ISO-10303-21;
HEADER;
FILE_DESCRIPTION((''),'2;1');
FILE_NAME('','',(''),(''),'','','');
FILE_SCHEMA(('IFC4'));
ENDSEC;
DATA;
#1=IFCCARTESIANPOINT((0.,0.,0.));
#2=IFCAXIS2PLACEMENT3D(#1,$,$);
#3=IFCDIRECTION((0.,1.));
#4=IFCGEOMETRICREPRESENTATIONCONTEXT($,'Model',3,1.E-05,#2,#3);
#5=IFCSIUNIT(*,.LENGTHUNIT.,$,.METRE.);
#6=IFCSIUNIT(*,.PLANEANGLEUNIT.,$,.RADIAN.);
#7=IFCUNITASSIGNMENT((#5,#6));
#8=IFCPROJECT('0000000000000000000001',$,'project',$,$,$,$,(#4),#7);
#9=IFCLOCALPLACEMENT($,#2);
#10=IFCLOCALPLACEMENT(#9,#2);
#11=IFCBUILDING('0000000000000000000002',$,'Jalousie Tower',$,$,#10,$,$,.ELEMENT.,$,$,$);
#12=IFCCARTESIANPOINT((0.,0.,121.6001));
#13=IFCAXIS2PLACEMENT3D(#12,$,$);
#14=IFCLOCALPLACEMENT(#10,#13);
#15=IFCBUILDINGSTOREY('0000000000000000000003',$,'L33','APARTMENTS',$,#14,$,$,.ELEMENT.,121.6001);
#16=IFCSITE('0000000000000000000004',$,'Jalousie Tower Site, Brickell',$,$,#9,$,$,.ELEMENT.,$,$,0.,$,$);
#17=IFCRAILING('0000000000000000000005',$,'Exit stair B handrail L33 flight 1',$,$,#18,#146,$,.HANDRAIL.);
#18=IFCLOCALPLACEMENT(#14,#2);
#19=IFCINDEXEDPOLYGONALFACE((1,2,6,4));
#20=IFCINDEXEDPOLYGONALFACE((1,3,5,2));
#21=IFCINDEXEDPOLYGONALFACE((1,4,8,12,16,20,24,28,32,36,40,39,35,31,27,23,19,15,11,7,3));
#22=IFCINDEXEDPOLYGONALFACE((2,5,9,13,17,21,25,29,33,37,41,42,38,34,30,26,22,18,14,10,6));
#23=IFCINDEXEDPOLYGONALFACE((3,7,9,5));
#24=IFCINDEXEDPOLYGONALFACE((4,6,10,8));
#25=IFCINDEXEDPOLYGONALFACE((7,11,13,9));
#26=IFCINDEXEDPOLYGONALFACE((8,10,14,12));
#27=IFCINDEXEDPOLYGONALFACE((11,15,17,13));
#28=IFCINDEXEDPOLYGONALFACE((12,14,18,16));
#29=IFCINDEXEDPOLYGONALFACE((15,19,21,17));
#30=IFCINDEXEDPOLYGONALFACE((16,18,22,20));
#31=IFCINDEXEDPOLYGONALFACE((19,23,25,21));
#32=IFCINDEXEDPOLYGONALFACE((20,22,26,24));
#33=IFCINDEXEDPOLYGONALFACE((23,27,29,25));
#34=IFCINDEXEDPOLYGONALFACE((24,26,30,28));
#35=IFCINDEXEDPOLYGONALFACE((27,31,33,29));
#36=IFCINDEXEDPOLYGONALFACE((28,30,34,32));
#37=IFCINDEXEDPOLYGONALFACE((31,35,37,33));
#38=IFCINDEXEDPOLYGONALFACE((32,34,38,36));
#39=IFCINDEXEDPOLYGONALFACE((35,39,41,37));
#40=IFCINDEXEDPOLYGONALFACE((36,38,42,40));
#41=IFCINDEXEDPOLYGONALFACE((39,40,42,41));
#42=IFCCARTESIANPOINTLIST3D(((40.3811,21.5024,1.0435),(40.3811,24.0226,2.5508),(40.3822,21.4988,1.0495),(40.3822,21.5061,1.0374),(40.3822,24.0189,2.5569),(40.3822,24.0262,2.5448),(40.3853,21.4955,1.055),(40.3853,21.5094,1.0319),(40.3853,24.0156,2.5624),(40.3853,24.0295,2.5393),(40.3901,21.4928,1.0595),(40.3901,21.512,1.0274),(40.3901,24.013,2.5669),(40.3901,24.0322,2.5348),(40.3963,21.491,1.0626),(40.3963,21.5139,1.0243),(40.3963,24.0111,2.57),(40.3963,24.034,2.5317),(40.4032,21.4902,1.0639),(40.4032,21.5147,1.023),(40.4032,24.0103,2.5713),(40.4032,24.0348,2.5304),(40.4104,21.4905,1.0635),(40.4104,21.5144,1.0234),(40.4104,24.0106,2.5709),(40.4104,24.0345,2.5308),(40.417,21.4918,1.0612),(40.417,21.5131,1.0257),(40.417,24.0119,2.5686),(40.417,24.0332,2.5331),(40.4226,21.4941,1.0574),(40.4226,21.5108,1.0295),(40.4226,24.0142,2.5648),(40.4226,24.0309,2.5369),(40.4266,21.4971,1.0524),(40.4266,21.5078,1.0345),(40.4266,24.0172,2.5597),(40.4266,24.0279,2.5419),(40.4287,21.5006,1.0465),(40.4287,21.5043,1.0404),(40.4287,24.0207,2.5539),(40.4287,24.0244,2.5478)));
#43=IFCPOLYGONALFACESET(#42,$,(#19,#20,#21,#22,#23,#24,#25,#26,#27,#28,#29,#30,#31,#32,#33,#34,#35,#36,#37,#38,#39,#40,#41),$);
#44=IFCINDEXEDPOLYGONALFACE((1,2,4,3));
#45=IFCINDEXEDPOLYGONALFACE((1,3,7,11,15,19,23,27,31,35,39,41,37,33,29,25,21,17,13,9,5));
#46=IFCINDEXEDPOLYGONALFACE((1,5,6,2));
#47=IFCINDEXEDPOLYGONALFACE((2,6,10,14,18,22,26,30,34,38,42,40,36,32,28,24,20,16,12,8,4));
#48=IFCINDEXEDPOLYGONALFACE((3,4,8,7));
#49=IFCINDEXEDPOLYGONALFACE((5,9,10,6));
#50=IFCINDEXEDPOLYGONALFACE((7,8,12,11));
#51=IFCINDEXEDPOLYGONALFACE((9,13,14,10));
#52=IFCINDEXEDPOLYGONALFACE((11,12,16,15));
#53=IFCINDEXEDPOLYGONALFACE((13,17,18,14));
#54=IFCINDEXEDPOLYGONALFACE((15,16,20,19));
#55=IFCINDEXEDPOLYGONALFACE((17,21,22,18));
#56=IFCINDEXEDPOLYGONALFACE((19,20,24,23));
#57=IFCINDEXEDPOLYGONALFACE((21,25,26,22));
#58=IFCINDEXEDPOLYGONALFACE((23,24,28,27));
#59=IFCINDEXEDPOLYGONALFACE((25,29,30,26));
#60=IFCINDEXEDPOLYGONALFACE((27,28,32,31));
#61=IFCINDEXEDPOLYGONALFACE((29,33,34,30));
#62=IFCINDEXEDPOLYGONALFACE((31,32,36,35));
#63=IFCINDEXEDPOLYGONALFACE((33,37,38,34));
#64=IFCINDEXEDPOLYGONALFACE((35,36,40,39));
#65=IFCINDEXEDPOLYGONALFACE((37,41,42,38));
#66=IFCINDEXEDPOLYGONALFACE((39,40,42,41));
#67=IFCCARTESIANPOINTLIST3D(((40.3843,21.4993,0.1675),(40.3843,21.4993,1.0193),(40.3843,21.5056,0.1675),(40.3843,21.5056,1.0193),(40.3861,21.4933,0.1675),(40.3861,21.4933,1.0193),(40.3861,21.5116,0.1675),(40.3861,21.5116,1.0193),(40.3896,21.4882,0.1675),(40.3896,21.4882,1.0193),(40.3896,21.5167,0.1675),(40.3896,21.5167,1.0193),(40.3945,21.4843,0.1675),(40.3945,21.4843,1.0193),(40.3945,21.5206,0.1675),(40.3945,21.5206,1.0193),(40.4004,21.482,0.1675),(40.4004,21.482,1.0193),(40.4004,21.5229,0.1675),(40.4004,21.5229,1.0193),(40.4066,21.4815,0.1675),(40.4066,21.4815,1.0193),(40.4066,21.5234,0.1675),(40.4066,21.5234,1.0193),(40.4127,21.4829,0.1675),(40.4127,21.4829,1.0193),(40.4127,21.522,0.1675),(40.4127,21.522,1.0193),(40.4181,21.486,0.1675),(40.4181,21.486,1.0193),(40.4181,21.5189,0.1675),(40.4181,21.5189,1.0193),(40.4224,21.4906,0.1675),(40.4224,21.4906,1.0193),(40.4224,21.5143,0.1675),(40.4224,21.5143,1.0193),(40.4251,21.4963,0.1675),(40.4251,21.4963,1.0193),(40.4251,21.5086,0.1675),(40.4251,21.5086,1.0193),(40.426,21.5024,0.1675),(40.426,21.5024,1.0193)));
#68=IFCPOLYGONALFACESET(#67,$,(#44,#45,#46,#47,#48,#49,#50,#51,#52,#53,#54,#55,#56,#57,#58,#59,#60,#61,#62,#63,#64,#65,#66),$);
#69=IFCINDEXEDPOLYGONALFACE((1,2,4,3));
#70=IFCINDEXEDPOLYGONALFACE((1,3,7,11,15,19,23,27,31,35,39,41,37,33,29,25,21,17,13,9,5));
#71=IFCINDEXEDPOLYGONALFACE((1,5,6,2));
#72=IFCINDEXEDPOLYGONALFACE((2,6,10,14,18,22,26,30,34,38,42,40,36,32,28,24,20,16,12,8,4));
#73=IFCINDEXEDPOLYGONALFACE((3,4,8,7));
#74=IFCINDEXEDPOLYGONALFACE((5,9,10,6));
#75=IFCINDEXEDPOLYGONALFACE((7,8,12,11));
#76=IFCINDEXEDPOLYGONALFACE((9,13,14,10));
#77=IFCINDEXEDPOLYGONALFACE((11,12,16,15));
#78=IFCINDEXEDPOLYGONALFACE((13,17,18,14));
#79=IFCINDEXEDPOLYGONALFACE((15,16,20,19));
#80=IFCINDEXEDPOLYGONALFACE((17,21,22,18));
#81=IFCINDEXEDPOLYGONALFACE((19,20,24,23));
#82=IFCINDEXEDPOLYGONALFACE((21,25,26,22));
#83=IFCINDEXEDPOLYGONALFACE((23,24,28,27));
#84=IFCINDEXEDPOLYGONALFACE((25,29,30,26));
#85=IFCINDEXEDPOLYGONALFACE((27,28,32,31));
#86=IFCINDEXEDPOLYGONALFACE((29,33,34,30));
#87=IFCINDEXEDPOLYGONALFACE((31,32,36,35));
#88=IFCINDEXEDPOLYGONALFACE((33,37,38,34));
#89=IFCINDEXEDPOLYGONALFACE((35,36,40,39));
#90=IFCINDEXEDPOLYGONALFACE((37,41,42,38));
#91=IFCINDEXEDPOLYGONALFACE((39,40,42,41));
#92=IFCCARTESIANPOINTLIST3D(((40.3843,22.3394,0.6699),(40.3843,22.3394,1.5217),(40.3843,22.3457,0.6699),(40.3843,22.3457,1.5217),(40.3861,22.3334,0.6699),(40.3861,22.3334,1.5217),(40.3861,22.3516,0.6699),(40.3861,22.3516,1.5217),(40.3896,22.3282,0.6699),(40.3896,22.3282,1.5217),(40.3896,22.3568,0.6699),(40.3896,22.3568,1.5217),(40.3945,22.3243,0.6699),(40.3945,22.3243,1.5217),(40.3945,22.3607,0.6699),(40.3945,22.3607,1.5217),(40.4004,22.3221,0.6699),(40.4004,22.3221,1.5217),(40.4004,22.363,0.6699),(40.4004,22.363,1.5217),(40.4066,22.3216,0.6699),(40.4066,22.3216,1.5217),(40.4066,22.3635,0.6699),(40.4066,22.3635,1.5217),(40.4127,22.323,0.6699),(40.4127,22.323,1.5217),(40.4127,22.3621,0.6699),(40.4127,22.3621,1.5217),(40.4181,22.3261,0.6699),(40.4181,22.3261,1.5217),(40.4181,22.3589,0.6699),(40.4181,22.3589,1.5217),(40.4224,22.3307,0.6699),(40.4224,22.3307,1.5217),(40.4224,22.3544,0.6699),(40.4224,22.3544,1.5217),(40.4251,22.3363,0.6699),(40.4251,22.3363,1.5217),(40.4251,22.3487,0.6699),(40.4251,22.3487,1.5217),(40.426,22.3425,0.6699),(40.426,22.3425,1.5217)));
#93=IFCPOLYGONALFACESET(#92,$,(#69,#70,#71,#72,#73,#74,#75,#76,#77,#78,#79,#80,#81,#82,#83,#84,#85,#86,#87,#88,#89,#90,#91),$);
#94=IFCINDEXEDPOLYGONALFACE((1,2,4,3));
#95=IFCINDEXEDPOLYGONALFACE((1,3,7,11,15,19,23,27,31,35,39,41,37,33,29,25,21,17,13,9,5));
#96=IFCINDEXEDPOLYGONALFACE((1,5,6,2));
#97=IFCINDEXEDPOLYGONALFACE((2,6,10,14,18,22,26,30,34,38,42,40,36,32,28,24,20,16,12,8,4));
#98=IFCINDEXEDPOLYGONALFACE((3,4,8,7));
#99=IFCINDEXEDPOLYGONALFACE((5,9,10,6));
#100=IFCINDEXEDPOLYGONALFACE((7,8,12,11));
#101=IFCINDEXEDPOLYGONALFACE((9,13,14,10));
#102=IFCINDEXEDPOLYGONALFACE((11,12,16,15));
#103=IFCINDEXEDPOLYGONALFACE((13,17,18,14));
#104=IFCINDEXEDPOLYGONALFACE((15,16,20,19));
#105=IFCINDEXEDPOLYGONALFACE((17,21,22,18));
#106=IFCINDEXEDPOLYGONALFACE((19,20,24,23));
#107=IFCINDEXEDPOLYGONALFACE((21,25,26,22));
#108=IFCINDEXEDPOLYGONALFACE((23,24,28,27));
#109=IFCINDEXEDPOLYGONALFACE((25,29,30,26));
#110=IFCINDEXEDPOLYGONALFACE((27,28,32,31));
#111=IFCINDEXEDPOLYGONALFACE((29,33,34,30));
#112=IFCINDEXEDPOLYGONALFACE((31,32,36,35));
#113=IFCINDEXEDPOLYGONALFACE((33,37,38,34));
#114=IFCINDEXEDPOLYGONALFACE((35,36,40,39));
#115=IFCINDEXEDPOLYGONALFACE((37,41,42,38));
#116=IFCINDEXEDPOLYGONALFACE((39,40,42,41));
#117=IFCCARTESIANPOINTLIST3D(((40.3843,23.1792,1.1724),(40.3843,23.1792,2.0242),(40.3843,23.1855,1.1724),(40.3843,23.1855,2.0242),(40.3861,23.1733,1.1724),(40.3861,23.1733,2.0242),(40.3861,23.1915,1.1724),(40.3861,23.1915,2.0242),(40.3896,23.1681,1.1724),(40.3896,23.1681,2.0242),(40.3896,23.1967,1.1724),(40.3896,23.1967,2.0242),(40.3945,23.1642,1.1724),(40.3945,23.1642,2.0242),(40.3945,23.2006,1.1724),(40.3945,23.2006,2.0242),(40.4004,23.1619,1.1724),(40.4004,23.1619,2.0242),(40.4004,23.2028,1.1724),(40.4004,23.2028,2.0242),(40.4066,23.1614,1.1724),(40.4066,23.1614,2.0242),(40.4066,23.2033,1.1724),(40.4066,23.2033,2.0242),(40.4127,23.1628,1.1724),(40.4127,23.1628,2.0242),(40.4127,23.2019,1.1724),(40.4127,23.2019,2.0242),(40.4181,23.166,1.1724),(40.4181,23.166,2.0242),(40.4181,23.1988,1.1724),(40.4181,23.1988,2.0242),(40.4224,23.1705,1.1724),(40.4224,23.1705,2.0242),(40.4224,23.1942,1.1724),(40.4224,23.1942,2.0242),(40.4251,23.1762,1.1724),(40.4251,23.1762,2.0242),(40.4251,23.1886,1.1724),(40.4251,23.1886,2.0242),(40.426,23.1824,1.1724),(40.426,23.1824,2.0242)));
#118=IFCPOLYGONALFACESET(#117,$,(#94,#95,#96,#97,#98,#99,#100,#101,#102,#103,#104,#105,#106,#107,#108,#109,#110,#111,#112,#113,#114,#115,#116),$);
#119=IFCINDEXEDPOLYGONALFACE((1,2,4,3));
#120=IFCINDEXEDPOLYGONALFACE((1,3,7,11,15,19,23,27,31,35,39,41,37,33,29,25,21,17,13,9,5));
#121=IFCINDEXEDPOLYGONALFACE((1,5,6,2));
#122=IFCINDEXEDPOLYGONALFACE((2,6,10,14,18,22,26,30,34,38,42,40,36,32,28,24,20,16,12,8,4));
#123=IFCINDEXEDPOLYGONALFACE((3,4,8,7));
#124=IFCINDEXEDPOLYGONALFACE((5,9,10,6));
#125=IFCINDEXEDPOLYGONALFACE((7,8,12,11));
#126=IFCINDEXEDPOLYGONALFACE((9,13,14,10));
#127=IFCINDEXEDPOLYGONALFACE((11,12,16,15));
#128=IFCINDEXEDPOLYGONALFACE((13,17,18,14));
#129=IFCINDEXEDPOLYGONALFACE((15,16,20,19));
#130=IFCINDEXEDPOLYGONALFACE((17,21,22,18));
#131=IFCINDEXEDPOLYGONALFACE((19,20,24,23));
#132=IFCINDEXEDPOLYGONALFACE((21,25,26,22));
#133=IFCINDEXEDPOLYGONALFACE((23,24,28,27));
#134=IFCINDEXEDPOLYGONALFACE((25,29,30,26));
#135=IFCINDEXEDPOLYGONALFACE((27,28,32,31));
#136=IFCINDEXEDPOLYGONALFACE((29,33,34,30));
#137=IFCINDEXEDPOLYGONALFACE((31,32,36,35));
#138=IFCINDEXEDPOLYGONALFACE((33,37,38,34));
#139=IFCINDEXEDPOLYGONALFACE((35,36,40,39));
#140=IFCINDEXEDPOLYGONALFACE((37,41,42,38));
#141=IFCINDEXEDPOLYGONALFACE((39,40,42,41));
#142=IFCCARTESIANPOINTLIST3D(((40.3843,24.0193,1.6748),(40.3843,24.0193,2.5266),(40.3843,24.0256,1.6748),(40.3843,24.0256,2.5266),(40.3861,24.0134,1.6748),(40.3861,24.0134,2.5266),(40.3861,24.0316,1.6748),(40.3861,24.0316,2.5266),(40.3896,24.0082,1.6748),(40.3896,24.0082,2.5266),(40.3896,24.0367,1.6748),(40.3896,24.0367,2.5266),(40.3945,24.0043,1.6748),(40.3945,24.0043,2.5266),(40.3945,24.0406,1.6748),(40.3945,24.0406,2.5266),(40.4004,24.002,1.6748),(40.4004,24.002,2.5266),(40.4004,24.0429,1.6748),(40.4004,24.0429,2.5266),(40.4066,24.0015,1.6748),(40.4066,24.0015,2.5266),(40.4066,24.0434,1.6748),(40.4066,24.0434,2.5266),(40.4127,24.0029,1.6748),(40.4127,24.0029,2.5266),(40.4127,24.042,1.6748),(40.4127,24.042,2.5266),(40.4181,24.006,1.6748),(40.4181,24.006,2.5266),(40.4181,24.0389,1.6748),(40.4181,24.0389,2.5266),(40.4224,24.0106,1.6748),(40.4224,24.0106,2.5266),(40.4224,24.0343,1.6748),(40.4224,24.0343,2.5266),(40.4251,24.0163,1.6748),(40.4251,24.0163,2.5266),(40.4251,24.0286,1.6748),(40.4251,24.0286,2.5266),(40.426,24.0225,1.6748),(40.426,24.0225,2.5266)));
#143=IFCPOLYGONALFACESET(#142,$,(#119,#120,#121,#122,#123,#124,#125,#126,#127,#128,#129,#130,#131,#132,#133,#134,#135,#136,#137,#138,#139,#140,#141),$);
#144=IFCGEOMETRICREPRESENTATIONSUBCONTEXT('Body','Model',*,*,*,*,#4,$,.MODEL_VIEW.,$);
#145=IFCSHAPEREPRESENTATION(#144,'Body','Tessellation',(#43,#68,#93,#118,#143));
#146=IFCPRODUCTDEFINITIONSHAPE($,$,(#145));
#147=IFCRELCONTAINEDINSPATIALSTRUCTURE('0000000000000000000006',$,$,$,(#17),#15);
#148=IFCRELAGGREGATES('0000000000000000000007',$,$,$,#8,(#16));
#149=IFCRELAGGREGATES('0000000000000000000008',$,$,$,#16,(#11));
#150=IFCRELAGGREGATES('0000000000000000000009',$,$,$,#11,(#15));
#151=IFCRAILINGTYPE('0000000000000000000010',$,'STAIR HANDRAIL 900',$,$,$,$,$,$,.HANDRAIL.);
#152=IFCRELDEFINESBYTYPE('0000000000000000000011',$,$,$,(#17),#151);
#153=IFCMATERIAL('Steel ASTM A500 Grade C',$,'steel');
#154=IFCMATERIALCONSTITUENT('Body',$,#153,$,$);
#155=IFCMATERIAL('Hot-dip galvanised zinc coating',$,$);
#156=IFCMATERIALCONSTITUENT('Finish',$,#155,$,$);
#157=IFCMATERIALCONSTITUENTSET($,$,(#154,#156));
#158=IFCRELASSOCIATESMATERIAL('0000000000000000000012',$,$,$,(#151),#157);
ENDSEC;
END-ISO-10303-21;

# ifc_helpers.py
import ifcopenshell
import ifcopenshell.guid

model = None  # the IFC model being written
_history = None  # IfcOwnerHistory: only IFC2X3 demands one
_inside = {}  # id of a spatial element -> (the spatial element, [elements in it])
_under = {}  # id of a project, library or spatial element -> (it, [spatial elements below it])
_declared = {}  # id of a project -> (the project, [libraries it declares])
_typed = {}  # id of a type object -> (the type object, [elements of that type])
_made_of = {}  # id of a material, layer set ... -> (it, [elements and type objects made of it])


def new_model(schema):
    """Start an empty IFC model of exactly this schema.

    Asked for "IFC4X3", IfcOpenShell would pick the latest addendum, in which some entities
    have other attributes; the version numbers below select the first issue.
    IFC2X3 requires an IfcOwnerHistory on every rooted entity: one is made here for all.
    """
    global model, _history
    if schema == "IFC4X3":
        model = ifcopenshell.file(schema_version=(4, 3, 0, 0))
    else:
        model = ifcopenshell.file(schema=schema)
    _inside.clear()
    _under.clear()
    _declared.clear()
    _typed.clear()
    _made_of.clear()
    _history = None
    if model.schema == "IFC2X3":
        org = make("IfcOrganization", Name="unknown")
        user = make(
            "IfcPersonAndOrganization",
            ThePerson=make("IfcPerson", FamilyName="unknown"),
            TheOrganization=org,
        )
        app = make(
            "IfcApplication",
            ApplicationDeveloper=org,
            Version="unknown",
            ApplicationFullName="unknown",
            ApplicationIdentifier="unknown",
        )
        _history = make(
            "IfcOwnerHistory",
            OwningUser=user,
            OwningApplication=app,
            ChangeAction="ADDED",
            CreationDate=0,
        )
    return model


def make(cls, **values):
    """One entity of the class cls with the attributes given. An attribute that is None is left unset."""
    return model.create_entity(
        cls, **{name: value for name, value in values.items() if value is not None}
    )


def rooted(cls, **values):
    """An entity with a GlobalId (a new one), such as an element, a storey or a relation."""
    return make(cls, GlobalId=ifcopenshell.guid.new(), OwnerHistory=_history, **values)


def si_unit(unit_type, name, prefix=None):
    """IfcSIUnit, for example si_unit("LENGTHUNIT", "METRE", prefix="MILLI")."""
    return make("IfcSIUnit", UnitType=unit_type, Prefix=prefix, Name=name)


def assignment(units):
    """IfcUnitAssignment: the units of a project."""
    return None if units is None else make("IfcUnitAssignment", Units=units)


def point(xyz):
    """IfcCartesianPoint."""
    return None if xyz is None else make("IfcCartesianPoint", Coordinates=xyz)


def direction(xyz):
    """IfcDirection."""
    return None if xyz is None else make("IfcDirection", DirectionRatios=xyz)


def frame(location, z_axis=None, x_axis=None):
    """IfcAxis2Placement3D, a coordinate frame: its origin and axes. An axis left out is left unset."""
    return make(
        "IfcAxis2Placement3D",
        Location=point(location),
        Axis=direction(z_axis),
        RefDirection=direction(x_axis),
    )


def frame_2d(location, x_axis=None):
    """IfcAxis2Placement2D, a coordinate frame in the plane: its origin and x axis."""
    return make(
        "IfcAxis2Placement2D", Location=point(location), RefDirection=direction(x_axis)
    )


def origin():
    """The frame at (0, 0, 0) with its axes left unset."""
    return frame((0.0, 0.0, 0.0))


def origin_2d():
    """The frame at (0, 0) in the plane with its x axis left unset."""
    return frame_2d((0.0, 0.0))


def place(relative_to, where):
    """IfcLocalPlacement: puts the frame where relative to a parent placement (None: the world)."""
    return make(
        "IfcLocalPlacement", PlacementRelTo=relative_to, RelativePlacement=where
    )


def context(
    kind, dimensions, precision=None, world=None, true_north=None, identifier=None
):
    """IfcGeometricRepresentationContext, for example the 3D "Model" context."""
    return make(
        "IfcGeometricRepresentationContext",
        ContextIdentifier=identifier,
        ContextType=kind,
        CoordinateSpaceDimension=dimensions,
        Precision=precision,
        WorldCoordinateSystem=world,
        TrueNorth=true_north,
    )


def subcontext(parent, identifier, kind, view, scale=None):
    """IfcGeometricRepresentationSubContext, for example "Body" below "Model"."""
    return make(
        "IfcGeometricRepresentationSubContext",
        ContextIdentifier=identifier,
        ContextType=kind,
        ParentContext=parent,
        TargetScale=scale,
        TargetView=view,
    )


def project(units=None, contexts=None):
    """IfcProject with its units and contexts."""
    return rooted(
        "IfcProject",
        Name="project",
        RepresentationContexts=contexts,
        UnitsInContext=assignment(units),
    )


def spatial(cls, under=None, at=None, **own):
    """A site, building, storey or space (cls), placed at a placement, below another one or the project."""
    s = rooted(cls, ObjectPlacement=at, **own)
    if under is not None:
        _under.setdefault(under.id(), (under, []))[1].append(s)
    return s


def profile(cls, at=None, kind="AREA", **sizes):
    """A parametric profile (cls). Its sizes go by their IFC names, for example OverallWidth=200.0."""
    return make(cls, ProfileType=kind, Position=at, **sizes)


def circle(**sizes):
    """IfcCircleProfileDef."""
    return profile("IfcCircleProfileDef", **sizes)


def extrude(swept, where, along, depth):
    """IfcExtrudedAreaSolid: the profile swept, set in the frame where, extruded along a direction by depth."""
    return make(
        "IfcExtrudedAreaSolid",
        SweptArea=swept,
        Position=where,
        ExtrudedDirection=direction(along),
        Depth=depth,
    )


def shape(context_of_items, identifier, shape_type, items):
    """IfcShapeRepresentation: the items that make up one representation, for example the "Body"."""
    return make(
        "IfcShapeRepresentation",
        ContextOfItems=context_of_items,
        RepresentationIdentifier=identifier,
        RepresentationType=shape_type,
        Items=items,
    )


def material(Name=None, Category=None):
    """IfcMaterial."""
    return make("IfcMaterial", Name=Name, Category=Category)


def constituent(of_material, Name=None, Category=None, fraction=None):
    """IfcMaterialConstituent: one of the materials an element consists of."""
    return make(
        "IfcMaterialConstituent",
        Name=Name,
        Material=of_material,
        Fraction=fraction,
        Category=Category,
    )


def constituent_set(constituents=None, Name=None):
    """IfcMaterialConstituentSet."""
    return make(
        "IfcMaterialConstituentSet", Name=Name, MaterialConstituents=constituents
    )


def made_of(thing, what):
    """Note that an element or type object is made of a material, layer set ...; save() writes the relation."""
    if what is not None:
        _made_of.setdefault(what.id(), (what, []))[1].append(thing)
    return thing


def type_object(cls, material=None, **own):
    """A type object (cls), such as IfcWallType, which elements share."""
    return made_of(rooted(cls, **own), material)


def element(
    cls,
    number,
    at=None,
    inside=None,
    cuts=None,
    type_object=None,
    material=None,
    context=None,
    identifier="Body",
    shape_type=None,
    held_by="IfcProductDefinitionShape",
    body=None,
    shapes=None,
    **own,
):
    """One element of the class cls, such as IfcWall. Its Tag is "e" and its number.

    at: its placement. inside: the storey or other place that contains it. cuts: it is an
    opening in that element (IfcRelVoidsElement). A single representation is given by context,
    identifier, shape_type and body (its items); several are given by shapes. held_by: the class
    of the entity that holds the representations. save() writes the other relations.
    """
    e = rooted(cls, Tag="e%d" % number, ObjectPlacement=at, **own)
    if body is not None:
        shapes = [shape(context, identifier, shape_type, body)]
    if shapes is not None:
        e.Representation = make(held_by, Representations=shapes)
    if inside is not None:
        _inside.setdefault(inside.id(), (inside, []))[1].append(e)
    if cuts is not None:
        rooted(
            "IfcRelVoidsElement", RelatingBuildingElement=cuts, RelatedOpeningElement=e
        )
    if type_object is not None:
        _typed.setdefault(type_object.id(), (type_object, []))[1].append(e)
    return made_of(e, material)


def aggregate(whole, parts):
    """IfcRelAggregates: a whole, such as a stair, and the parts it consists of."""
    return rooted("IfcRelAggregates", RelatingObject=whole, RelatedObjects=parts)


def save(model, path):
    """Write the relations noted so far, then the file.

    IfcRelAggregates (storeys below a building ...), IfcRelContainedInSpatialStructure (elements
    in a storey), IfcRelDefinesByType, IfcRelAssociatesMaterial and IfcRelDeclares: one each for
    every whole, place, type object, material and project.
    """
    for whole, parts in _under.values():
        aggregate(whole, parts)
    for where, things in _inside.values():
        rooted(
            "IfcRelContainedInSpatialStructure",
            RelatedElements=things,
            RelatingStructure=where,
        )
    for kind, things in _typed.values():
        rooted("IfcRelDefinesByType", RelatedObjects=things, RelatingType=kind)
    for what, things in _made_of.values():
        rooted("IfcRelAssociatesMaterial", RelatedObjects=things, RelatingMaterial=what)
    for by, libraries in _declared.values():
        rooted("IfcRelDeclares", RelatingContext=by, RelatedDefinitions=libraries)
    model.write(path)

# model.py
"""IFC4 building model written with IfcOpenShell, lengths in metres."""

from ifc_helpers import new_model, si_unit, direction, frame, origin, origin_2d, place, context, subcontext, project, spatial, circle, extrude, material, constituent, constituent_set, type_object, element, save


model = new_model("IFC4")

# Units and contexts
model_context = context("Model", 3, precision=1e-05, world=origin(), true_north=direction((0.0, 1.0)))
body_context = subcontext(model_context, "Body", "Model", "MODEL_VIEW")
ifc_project = project(units=[si_unit("LENGTHUNIT", "METRE"), si_unit("PLANEANGLEUNIT", "RADIAN")], contexts=[model_context])

# Site, building, storey
site_placement = place(None, origin())
site = spatial("IfcSite", under=ifc_project, at=site_placement, Name="Jalousie Tower Site, Brickell", CompositionType="ELEMENT", RefElevation=0.0)
building_placement = place(site_placement, origin())
building = spatial("IfcBuilding", under=site, at=building_placement, Name="Jalousie Tower", CompositionType="ELEMENT")
storey_placement = place(building_placement, frame((0.0, 0.0, 121.6001)))
storey = spatial("IfcBuildingStorey", under=building, at=storey_placement, Name="L33", Description="APARTMENTS", CompositionType="ELEMENT", Elevation=121.6001)

# Railing
ifc_material_1 = material(Name="Steel ASTM A500 Grade C", Category="steel")
ifc_constituent_1 = constituent(ifc_material_1, Name="Body")
ifc_material_2 = material(Name="Hot-dip galvanised zinc coating")
ifc_constituent_2 = constituent(ifc_material_2, Name="Finish")
ifc_constituent_set_1 = constituent_set(constituents=[ifc_constituent_1, ifc_constituent_2])
railing_type_1 = type_object("IfcRailingType", Name="STAIR HANDRAIL 900", PredefinedType="HANDRAIL", material=ifc_constituent_set_1)
railing_1_placement = place(storey_placement, frame((40.405, 21.5024, 0.1675)))
element("IfcRailing", 1, at=railing_1_placement, inside=storey, type_object=railing_type_1, Name="Exit stair B handrail L33 flight 1", PredefinedType="HANDRAIL", context=body_context, shape_type="SweptSolid", body=[
    extrude(circle(Radius=0.0239, at=origin_2d()), frame((0.0, 0.0, 0.876), z_axis=(0.0, 0.858196, 0.513321), x_axis=(-1.0, 0.0, 0.0)), (0.0, 0.0, 1.0), 2.9365),
    extrude(circle(Radius=0.021, at=origin_2d()), origin(), (0.0, 0.0, 1.0), 0.8518),
    extrude(circle(Radius=0.021, at=origin_2d()), frame((0.0, 0.8401, 0.5024)), (0.0, 0.0, 1.0), 0.8518),
    extrude(circle(Radius=0.021, at=origin_2d()), frame((0.0, 1.6799, 1.0049)), (0.0, 0.0, 1.0), 0.8518),
    extrude(circle(Radius=0.021, at=origin_2d()), frame((0.0, 2.52, 1.5073)), (0.0, 0.0, 1.0), 0.8518),
])

save(model, "model.ifc")
